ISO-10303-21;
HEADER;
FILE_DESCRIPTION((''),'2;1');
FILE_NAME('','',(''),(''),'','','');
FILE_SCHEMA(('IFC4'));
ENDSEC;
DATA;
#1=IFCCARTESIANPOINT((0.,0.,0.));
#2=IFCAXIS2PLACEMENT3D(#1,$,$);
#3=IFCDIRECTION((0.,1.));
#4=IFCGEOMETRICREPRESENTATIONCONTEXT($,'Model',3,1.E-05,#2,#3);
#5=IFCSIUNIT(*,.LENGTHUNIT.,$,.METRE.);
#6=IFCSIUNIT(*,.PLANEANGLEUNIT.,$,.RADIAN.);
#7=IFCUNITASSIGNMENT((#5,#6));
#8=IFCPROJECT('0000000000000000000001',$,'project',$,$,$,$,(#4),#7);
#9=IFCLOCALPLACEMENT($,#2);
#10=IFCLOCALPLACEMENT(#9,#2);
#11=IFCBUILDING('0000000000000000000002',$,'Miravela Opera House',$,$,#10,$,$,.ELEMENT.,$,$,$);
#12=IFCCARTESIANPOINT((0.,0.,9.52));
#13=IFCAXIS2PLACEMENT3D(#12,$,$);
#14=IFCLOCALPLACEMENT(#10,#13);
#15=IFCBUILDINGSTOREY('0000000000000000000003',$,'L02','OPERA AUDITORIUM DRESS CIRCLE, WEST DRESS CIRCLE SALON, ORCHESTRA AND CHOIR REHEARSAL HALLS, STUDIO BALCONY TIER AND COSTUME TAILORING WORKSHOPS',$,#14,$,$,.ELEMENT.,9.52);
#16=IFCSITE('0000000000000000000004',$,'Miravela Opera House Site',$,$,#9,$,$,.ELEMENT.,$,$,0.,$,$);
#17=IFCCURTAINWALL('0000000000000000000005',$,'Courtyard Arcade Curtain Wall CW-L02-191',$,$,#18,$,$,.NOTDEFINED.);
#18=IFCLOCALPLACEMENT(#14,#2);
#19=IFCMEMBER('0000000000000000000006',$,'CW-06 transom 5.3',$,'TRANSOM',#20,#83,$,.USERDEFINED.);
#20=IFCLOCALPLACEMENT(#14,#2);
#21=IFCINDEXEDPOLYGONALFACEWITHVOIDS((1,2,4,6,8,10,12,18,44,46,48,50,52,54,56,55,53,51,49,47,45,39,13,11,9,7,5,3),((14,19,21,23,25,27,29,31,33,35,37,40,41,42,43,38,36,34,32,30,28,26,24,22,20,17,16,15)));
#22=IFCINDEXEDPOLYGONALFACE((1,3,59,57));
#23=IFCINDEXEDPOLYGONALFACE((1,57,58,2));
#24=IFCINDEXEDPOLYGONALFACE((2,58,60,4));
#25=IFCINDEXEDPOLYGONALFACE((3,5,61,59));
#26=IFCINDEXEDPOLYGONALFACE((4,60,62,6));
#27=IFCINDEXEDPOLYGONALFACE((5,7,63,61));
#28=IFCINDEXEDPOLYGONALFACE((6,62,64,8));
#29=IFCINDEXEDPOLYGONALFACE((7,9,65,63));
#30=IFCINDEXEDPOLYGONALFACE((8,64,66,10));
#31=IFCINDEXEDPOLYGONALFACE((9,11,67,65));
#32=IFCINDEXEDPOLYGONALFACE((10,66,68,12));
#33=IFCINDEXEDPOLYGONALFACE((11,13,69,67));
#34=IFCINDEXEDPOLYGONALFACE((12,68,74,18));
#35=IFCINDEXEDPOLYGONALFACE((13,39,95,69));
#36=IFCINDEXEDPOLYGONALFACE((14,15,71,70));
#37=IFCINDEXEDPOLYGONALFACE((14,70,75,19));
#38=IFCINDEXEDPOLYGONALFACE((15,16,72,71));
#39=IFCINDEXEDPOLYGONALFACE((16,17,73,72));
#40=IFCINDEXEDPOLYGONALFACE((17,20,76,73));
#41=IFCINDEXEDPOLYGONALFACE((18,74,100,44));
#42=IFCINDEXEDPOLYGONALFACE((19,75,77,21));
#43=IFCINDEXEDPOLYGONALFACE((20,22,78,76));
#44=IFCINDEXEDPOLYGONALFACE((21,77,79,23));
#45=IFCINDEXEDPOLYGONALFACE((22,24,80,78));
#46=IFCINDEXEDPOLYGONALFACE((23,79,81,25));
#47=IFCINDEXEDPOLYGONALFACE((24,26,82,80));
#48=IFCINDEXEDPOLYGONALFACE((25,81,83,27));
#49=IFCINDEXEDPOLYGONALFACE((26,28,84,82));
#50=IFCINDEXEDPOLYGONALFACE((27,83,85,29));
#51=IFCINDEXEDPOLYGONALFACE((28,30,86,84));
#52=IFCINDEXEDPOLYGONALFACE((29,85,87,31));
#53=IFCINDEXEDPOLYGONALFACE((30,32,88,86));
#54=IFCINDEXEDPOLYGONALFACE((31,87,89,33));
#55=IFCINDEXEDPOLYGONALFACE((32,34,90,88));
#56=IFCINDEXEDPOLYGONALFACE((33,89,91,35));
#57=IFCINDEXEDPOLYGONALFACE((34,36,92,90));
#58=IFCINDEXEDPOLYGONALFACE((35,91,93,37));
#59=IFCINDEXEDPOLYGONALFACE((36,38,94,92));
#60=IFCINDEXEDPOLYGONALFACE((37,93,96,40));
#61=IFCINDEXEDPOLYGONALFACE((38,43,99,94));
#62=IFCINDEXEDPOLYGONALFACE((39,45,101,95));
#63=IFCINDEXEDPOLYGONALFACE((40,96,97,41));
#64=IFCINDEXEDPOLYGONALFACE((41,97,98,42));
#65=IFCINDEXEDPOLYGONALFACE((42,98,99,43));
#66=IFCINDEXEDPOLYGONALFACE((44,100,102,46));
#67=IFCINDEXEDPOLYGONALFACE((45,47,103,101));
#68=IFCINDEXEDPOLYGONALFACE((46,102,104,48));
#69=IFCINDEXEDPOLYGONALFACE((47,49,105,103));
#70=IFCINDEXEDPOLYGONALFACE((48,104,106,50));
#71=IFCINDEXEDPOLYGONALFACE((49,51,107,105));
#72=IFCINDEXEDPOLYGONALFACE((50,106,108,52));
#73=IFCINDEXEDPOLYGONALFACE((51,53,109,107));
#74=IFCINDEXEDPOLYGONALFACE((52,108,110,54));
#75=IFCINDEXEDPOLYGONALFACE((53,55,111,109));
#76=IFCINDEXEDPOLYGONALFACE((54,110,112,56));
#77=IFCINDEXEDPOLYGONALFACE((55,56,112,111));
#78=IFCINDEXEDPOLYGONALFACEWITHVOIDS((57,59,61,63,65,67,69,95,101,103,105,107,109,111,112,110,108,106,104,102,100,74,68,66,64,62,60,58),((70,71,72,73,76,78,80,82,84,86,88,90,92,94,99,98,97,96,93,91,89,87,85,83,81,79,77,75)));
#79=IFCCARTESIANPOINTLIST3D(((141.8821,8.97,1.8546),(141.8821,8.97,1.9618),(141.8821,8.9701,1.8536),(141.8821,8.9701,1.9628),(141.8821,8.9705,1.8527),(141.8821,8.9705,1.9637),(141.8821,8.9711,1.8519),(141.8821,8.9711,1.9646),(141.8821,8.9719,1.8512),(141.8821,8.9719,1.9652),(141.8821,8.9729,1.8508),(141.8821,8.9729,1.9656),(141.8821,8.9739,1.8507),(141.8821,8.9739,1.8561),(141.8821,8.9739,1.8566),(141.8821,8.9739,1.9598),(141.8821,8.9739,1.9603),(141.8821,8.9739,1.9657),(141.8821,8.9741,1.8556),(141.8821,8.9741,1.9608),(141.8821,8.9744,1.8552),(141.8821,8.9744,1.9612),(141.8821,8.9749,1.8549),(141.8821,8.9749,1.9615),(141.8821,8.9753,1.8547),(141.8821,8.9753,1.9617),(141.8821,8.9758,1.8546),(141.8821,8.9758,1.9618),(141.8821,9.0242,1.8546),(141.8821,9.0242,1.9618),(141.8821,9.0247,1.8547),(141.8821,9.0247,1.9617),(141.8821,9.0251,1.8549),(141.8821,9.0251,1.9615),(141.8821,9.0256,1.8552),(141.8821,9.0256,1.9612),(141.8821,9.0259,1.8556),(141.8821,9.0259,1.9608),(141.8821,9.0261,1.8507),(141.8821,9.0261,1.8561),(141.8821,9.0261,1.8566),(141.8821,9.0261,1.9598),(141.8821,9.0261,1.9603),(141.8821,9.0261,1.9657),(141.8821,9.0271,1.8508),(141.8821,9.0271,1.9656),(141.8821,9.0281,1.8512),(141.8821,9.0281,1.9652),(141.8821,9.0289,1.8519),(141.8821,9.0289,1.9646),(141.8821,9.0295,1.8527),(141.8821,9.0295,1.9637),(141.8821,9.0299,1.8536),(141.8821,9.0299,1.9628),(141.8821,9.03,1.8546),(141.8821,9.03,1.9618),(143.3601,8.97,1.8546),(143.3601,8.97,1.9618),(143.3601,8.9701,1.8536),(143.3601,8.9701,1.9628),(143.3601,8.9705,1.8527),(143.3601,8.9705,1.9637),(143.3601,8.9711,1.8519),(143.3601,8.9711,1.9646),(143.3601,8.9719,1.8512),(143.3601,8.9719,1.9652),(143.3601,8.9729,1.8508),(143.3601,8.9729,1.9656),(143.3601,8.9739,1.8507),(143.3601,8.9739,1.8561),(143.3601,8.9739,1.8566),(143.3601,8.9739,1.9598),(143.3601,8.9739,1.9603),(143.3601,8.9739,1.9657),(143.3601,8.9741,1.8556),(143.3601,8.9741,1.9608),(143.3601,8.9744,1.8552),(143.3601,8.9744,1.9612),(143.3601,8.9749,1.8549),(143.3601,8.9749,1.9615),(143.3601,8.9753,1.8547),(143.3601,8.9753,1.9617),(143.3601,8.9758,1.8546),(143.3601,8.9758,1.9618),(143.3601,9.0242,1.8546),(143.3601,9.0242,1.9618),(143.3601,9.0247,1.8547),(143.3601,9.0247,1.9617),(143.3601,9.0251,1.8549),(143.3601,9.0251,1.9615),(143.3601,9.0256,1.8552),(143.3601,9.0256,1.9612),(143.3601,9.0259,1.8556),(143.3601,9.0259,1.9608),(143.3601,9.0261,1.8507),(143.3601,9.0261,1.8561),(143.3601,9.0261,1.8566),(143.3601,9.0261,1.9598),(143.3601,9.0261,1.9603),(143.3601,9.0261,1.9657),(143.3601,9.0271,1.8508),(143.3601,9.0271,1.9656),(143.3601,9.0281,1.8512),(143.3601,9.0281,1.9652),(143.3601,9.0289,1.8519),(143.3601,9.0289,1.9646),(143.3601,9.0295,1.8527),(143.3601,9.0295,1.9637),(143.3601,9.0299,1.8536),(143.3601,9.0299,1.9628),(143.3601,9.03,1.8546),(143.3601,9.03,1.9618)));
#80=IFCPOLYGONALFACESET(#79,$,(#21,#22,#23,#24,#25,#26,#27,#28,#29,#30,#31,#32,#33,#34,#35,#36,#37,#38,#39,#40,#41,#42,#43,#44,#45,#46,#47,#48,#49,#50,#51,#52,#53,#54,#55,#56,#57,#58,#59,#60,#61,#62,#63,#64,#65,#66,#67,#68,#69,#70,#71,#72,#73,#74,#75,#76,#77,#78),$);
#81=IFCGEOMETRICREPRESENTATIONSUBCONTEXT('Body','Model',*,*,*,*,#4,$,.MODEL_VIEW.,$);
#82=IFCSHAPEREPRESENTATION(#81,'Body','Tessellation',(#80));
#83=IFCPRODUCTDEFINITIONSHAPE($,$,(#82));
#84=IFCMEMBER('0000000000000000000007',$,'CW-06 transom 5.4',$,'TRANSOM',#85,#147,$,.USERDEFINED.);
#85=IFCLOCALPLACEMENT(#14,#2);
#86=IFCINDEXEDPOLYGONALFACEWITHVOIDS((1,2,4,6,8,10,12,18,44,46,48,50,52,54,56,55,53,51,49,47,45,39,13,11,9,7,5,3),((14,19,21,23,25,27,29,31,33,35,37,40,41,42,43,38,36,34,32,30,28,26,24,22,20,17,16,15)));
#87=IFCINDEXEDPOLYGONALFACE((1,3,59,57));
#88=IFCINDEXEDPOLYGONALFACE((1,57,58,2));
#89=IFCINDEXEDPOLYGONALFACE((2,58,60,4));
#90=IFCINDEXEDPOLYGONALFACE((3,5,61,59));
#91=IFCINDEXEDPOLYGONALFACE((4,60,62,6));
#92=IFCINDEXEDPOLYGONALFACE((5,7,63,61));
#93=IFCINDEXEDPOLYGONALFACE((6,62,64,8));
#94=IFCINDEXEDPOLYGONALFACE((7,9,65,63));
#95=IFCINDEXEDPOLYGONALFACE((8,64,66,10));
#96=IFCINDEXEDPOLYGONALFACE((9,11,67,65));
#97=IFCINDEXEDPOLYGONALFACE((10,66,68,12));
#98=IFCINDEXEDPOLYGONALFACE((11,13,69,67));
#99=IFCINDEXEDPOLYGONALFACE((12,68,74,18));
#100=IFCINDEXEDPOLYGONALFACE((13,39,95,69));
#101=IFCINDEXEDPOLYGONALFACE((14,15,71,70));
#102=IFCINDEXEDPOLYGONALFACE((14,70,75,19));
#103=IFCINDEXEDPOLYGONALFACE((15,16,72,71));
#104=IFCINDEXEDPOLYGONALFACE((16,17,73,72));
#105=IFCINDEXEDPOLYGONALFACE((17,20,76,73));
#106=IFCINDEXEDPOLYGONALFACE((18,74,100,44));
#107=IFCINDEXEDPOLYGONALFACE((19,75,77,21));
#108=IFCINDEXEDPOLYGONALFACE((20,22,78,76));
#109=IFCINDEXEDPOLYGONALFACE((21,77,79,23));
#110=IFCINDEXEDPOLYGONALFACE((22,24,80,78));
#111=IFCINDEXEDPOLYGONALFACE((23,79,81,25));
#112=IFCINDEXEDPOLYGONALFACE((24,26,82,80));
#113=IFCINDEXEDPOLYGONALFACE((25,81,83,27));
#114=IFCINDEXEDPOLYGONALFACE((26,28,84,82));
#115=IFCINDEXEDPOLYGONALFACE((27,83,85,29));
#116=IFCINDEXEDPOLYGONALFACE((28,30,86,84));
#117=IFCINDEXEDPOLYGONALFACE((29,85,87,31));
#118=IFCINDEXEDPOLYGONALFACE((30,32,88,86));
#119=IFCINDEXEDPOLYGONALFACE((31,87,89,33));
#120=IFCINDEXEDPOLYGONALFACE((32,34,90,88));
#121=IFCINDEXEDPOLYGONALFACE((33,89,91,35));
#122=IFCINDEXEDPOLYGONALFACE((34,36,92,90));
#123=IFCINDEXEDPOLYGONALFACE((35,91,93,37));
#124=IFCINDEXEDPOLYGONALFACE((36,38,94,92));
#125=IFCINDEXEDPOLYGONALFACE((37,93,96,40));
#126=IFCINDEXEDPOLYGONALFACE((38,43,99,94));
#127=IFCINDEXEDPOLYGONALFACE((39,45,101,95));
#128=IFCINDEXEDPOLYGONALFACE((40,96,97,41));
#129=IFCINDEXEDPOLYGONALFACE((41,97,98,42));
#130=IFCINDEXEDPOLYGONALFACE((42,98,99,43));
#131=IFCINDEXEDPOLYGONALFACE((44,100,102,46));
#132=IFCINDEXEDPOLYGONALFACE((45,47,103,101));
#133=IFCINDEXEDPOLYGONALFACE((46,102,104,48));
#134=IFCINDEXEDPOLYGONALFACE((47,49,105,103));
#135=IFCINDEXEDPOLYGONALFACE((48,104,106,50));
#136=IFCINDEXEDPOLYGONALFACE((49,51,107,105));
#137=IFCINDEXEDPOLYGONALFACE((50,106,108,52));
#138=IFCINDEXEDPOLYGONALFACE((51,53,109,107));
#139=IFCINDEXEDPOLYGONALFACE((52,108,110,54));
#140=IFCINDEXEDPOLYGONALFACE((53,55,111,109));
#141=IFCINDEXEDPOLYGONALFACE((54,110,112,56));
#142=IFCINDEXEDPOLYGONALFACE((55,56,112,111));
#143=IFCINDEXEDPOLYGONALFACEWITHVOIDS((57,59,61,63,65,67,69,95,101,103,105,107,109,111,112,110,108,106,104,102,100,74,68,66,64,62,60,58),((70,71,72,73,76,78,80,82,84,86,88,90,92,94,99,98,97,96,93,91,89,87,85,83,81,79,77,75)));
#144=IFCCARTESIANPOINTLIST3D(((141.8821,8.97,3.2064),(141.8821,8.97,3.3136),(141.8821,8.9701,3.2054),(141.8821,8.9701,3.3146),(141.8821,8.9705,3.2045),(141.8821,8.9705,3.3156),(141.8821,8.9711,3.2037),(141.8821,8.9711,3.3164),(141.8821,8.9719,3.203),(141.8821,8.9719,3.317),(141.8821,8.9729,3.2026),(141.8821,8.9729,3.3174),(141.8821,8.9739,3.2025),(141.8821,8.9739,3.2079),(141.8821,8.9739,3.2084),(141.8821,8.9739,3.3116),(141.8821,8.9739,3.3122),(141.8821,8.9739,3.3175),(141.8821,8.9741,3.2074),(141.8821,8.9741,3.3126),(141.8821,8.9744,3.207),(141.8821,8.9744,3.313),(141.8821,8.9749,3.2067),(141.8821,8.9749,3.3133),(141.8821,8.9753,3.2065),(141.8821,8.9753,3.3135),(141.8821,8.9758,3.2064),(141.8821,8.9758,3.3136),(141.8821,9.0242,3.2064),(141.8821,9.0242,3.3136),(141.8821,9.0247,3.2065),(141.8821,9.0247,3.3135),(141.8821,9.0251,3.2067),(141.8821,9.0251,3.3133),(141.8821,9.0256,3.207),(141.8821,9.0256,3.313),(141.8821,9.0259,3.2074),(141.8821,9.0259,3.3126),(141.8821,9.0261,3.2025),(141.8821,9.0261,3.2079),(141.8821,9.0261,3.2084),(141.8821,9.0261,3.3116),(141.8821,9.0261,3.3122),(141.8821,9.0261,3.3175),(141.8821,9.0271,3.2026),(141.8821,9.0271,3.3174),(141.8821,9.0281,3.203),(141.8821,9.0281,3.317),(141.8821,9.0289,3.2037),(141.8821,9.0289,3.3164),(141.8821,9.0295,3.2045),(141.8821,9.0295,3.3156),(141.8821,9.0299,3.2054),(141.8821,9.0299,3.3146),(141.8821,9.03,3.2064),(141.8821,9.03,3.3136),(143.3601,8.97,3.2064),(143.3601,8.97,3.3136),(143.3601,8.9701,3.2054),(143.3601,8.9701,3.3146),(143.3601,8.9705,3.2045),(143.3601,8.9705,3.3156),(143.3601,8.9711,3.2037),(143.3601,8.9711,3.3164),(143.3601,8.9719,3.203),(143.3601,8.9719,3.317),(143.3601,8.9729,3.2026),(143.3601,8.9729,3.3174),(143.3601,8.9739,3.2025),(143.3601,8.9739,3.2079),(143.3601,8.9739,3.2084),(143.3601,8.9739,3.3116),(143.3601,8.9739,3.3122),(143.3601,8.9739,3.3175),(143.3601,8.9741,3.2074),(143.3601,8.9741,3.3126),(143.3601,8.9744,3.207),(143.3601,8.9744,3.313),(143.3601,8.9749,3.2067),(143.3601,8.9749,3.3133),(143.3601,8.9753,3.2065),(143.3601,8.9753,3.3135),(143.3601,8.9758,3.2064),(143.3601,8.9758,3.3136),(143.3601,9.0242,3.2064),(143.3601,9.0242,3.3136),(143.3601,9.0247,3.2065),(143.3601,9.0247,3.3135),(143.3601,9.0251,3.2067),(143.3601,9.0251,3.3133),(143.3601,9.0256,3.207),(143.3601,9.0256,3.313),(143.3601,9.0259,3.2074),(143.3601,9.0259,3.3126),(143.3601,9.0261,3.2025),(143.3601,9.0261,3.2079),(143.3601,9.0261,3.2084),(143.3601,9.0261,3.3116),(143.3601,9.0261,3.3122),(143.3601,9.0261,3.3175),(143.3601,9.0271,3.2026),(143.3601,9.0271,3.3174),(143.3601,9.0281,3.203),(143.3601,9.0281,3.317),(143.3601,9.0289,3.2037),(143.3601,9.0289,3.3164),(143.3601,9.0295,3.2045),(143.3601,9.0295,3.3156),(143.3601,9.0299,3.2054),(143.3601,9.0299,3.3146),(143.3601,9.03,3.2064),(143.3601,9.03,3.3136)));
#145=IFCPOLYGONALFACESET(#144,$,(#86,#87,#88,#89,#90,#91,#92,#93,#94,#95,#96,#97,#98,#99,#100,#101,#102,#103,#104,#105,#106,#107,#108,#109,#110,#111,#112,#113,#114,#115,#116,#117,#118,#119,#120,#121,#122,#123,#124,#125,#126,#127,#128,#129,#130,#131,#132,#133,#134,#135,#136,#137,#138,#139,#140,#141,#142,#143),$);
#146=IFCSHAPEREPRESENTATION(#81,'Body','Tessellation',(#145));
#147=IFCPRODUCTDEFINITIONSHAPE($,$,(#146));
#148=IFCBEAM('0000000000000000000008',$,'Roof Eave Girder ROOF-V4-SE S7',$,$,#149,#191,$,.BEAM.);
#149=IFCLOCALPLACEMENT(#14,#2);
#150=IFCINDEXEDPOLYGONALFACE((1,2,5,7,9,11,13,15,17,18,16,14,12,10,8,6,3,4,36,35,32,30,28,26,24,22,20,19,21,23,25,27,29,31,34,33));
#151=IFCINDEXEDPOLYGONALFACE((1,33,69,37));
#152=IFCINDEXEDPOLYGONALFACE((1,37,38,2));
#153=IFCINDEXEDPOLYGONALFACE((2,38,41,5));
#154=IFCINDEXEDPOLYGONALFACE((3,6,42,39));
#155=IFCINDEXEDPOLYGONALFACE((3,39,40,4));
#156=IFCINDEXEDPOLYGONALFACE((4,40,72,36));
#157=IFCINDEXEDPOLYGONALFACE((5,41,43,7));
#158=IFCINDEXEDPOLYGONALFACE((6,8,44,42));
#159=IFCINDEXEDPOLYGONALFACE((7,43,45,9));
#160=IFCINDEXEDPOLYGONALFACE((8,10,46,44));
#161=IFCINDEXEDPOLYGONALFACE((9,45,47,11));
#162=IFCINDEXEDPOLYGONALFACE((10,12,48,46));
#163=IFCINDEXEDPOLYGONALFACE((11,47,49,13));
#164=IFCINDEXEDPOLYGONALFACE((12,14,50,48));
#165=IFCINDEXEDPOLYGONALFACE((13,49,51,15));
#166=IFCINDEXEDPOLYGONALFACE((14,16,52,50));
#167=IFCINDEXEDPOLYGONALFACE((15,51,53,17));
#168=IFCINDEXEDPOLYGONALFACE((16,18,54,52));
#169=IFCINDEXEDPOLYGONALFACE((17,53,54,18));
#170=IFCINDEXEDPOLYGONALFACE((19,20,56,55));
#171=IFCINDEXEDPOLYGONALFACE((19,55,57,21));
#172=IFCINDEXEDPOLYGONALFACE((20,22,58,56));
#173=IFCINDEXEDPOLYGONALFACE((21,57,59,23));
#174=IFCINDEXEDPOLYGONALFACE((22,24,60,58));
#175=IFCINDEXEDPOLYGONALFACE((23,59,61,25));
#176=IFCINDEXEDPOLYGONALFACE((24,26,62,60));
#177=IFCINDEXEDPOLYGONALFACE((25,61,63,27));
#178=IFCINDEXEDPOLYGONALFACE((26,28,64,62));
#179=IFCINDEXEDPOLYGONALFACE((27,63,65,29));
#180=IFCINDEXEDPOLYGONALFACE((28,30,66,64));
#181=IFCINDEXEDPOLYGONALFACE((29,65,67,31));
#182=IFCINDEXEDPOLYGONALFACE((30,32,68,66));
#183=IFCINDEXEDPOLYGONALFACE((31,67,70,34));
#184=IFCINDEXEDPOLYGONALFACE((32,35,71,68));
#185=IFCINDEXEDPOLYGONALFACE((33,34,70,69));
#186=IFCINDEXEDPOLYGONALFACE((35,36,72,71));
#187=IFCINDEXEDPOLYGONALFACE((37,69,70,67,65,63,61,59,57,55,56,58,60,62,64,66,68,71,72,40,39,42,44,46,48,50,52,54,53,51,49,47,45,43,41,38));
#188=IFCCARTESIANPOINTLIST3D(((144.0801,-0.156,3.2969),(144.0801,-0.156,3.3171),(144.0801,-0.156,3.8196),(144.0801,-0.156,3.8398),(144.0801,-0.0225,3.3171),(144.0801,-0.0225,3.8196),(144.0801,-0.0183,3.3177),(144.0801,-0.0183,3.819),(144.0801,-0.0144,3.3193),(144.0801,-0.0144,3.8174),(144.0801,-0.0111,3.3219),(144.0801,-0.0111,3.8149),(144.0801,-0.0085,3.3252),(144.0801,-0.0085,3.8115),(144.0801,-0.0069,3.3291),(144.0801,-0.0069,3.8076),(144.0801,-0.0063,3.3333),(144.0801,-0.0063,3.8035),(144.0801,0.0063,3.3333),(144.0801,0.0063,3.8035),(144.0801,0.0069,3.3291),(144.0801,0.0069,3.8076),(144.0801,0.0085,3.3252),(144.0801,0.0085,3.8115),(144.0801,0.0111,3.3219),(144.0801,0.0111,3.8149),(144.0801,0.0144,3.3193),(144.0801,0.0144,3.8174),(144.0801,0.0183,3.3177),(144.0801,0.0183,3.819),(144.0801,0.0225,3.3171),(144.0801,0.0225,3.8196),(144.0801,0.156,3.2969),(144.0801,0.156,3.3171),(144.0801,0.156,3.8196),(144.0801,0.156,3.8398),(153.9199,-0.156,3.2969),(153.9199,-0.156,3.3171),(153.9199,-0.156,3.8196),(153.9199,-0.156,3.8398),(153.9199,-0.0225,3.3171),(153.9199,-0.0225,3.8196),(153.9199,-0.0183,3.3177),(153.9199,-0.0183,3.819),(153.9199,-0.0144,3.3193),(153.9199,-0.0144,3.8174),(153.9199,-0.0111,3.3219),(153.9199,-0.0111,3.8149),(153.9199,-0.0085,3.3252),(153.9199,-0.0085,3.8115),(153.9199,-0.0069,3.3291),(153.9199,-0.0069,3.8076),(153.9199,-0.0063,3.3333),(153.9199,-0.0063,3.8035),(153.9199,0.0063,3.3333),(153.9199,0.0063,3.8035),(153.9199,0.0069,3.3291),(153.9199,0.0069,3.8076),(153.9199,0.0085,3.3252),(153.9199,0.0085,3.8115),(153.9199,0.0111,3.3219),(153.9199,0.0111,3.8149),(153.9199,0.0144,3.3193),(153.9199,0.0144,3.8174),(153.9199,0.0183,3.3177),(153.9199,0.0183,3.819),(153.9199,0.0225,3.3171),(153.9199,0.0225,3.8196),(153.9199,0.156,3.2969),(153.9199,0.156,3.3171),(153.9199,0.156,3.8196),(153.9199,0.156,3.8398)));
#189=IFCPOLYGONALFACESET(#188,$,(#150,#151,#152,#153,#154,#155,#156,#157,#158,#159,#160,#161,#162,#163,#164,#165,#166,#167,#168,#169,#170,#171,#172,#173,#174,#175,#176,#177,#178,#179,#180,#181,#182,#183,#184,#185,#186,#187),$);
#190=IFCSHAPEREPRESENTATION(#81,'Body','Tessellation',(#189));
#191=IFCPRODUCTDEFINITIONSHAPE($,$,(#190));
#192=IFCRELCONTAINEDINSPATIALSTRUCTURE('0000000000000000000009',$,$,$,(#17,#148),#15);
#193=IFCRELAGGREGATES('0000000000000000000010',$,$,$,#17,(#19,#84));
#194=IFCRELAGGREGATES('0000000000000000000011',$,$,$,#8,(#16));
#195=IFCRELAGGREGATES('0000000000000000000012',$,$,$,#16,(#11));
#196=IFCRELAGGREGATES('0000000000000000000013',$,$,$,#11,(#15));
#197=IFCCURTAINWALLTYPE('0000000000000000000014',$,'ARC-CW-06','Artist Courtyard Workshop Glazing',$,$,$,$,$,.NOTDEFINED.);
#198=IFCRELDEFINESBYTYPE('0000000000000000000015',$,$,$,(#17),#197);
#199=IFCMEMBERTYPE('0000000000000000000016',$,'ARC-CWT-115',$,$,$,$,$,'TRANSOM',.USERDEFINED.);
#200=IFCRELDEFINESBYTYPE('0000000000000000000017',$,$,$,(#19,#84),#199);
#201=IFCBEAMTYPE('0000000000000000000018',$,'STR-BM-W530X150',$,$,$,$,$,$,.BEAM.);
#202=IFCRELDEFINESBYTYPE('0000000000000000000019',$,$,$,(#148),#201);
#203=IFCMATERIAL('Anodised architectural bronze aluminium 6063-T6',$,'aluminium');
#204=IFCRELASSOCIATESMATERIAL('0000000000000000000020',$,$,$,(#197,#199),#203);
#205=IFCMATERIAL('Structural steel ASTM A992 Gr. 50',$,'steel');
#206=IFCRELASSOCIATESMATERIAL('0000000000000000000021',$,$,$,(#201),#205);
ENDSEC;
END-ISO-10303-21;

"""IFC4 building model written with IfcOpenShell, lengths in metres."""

from ifc_helpers import new_model, si_unit, direction, frame, origin, origin_2d, place, context, subcontext, project, spatial, hollow_rectangle, i_section, extrude, material, material_profile, profile_set, type_object, element, aggregate, save


model = new_model("IFC4")

# Units and contexts
model_context = context("Model", 3, precision=1e-05, world=origin(), true_north=direction((0.0, 1.0)))
body_context = subcontext(model_context, "Body", "Model", "MODEL_VIEW")
ifc_project = project(units=[si_unit("LENGTHUNIT", "METRE"), si_unit("PLANEANGLEUNIT", "RADIAN")], contexts=[model_context])

# Site, building, storey
site_placement = place(None, origin())
site = spatial("IfcSite", under=ifc_project, at=site_placement, Name="Miravela Opera House Site", CompositionType="ELEMENT", RefElevation=0.0)
building_placement = place(site_placement, origin())
building = spatial("IfcBuilding", under=site, at=building_placement, Name="Miravela Opera House", CompositionType="ELEMENT")
storey_placement = place(building_placement, frame((0.0, 0.0, 9.52)))
storey = spatial("IfcBuildingStorey", under=building, at=storey_placement, Name="L02", Description="OPERA AUDITORIUM DRESS CIRCLE, WEST DRESS CIRCLE SALON, ORCHESTRA AND CHOIR REHEARSAL HALLS, STUDIO BALCONY TIER AND COSTUME TAILORING WORKSHOPS", CompositionType="ELEMENT", Elevation=9.52)

# Curtain wall, members
ifc_material_1 = material(Name="Anodised architectural bronze aluminium 6063-T6", Category="aluminium")
curtain_wall_type = type_object("IfcCurtainWallType", Name="ARC-CW-06", Description="Artist Courtyard Workshop Glazing", PredefinedType="NOTDEFINED", material=ifc_material_1)
curtain_wall_placement = place(storey_placement, origin())
curtain_wall = element("IfcCurtainWall", 1, at=curtain_wall_placement, inside=storey, type_object=curtain_wall_type, Name="Courtyard Arcade Curtain Wall CW-L02-191", PredefinedType="NOTDEFINED")
ifc_material_profile_1 = material_profile(ifc_material_1, hollow_rectangle(XDim=0.0601, YDim=0.115, WallThickness=0.0039, InnerFilletRadius=0.002, OuterFilletRadius=0.0039, at=origin_2d()), Name="CWT-60X115")
ifc_profile_set_1 = profile_set([ifc_material_profile_1])
member_type_1 = type_object("IfcMemberType", Name="ARC-CWT-115", ElementType="TRANSOM", PredefinedType="USERDEFINED", material=ifc_profile_set_1)
member_1_placement = place(storey_placement, frame((141.8821, 9.0, 1.9082), z_axis=(1.0, 0.0, 0.0), x_axis=(0.0, 1.0, 0.0)))
member_1 = element("IfcMember", 2, at=member_1_placement, type_object=member_type_1, Name="CW-06 transom 5.3", ObjectType="TRANSOM", PredefinedType="USERDEFINED", context=body_context, shape_type="SweptSolid", body=[
    extrude(hollow_rectangle(XDim=0.0601, YDim=0.115, WallThickness=0.0039, InnerFilletRadius=0.002, OuterFilletRadius=0.0039, at=origin_2d()), origin(), (0.0, 0.0, 1.0), 1.478),
])
member_2_placement = place(storey_placement, frame((141.8821, 9.0, 3.26), z_axis=(1.0, 0.0, 0.0), x_axis=(0.0, 1.0, 0.0)))
member_2 = element("IfcMember", 3, at=member_2_placement, type_object=member_type_1, Name="CW-06 transom 5.4", ObjectType="TRANSOM", PredefinedType="USERDEFINED", context=body_context, shape_type="SweptSolid", body=[
    extrude(hollow_rectangle(XDim=0.0601, YDim=0.115, WallThickness=0.0039, InnerFilletRadius=0.002, OuterFilletRadius=0.0039, at=origin_2d()), origin(), (0.0, 0.0, 1.0), 1.478),
])

# Beam
ifc_material_2 = material(Name="Structural steel ASTM A992 Gr. 50", Category="steel")
ifc_material_profile_2 = material_profile(ifc_material_2, i_section(OverallWidth=0.312, OverallDepth=0.543, WebThickness=0.0127, FlangeThickness=0.0203, FilletRadius=0.0161, at=origin_2d()), Name="W530X150")
ifc_profile_set_2 = profile_set([ifc_material_profile_2])
beam_type = type_object("IfcBeamType", Name="STR-BM-W530X150", PredefinedType="BEAM", material=ifc_profile_set_2)
for number, where, z_axis, x_axis, name in (
    (4, (144.0801, 0.0, 3.5684), (1.0, 0.0, 0.0), (0.0, 1.0, 0.0), "Roof Eave Girder ROOF-V4-SE S7"),
):
    element("IfcBeam", number, at=place(storey_placement, frame(where, z_axis=z_axis, x_axis=x_axis)), inside=storey, type_object=beam_type, Name=name, PredefinedType="BEAM", context=body_context, shape_type="SweptSolid", body=[
        extrude(i_section(OverallWidth=0.312, OverallDepth=0.543, WebThickness=0.0127, FlangeThickness=0.0203, FilletRadius=0.0161, at=origin_2d()), origin(), (0.0, 0.0, 1.0), 9.8398),
    ])

aggregate(curtain_wall, [member_1, member_2])

save(model, "model.ifc")
